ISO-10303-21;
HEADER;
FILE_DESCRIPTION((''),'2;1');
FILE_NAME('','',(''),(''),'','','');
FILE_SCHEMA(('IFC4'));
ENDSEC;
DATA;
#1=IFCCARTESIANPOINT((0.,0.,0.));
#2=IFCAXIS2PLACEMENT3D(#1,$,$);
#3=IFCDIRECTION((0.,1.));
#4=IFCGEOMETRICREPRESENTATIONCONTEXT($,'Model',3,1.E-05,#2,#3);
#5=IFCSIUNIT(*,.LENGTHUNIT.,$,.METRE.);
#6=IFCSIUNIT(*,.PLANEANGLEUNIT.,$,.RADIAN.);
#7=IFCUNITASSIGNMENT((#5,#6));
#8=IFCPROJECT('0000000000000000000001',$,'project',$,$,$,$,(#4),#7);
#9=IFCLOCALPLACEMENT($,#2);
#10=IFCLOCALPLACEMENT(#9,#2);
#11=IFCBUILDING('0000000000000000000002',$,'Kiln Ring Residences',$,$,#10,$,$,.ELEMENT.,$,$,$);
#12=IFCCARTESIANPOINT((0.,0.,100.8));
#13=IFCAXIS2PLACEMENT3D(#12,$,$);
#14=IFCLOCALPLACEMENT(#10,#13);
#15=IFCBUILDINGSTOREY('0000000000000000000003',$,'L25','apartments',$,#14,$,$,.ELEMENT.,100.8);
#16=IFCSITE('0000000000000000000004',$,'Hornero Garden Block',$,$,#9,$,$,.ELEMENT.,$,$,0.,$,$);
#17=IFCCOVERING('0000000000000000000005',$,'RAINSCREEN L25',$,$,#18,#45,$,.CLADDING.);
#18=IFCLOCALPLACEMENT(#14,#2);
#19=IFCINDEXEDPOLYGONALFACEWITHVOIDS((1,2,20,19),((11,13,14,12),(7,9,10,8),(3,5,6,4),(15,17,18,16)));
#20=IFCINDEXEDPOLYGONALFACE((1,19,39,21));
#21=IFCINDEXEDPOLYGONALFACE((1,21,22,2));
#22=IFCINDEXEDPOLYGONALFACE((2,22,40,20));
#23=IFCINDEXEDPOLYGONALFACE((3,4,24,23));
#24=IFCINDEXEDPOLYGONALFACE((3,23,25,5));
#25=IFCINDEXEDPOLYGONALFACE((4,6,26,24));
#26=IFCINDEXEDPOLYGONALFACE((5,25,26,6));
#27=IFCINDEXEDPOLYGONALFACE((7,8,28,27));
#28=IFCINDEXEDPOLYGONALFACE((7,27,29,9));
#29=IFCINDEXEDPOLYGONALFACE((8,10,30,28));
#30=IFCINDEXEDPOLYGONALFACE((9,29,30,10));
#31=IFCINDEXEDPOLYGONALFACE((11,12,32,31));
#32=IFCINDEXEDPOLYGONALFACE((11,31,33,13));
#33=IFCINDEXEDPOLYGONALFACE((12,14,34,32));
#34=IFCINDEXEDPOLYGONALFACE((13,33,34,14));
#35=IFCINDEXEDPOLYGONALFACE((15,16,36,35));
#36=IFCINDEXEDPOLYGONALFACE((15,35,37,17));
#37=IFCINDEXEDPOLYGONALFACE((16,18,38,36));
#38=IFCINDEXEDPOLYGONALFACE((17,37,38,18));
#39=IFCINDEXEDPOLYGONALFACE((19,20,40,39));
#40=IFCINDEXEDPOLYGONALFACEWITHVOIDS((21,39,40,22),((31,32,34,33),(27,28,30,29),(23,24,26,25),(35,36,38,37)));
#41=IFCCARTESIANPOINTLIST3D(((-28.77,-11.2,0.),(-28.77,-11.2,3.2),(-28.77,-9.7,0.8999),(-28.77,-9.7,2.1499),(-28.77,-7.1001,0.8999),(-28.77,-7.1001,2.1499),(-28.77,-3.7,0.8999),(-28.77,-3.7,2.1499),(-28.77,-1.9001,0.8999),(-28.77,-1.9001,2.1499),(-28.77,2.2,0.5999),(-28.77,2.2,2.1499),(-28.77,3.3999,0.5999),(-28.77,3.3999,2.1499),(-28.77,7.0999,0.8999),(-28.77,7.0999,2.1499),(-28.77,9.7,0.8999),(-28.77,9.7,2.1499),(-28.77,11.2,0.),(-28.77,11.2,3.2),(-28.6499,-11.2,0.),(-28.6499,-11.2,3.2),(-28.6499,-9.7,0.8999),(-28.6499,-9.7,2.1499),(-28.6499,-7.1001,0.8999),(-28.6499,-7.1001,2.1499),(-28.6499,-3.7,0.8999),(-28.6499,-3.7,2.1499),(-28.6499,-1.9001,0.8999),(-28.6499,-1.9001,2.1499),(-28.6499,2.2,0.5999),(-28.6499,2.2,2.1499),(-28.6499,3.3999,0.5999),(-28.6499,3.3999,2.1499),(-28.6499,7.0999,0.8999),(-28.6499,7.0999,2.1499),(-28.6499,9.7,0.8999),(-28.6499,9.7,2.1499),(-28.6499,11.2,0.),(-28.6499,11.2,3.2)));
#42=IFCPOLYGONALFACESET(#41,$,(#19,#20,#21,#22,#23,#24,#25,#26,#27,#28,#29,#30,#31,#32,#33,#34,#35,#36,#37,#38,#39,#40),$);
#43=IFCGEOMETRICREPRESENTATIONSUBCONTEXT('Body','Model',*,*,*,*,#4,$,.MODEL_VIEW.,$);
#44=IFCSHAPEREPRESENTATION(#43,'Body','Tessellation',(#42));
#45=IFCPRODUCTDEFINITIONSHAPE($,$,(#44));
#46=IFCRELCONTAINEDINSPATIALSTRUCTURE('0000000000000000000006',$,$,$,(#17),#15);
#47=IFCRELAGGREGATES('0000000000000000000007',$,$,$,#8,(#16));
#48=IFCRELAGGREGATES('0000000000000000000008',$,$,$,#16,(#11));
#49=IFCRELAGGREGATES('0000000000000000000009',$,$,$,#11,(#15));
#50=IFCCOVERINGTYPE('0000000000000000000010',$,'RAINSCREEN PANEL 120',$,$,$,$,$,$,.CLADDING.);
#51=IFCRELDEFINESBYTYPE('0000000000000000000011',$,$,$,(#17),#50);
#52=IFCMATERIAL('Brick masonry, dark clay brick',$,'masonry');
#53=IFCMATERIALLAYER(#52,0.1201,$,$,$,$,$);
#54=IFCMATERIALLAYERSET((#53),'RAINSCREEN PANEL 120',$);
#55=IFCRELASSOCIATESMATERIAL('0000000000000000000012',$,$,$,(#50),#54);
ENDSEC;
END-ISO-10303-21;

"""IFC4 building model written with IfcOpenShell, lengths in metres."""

from ifc_helpers import new_model, si_unit, direction, frame, origin, place, context, subcontext, project, spatial, polyline, outline, extrude, material, layer, layer_set, type_object, element, save


model = new_model("IFC4")

# Units and contexts
model_context = context("Model", 3, precision=1e-05, world=origin(), true_north=direction((0.0, 1.0)))
body_context = subcontext(model_context, "Body", "Model", "MODEL_VIEW")
ifc_project = project(units=[si_unit("LENGTHUNIT", "METRE"), si_unit("PLANEANGLEUNIT", "RADIAN")], contexts=[model_context])

# Site, building, storey
site_placement = place(None, origin())
site = spatial("IfcSite", under=ifc_project, at=site_placement, Name="Hornero Garden Block", CompositionType="ELEMENT", RefElevation=0.0)
building_placement = place(site_placement, origin())
building = spatial("IfcBuilding", under=site, at=building_placement, Name="Kiln Ring Residences", CompositionType="ELEMENT")
storey_placement = place(building_placement, frame((0.0, 0.0, 100.8)))
storey = spatial("IfcBuildingStorey", under=building, at=storey_placement, Name="L25", Description="apartments", CompositionType="ELEMENT", Elevation=100.8)

# Covering
ifc_material_1 = material(Name="Brick masonry, dark clay brick", Category="masonry")
ifc_layer_1 = layer(ifc_material_1, 0.1201)
ifc_layer_set_1 = layer_set([ifc_layer_1], Name="RAINSCREEN PANEL 120")
covering_type = type_object("IfcCoveringType", Name="RAINSCREEN PANEL 120", PredefinedType="CLADDING", material=ifc_layer_set_1)
covering_placement = place(storey_placement, frame((-28.71, 11.2, 0.0), z_axis=(0.0, 0.0, 1.0), x_axis=(0.0, -1.0, 0.0)))
element("IfcCovering", 1, at=covering_placement, inside=storey, type_object=covering_type, Name="RAINSCREEN L25", PredefinedType="CLADDING", context=body_context, shape_type="SweptSolid", body=[
    extrude(outline(polyline([(0.0, 0.0), (22.3999, 0.0), (22.3999, 3.2), (0.0, 3.2), (0.0, 0.0)]), holes=[polyline([(9.0, 0.5999), (9.0, 2.1499), (7.8, 2.1499), (7.8, 0.5999), (9.0, 0.5999)]), polyline([(4.1001, 0.8999), (4.1001, 2.1499), (1.5, 2.1499), (1.5, 0.8999), (4.1001, 0.8999)]), polyline([(14.8999, 0.8999), (14.8999, 2.1499), (13.1001, 2.1499), (13.1001, 0.8999), (14.8999, 0.8999)]), polyline([(20.8999, 0.8999), (20.8999, 2.1499), (18.3, 2.1499), (18.3, 0.8999), (20.8999, 0.8999)])]), frame((0.0, 0.0601, 0.0), z_axis=(0.0, -1.0, 0.0), x_axis=(1.0, 0.0, 0.0)), (0.0, 0.0, 1.0), 0.1201),
])

save(model, "model.ifc")
